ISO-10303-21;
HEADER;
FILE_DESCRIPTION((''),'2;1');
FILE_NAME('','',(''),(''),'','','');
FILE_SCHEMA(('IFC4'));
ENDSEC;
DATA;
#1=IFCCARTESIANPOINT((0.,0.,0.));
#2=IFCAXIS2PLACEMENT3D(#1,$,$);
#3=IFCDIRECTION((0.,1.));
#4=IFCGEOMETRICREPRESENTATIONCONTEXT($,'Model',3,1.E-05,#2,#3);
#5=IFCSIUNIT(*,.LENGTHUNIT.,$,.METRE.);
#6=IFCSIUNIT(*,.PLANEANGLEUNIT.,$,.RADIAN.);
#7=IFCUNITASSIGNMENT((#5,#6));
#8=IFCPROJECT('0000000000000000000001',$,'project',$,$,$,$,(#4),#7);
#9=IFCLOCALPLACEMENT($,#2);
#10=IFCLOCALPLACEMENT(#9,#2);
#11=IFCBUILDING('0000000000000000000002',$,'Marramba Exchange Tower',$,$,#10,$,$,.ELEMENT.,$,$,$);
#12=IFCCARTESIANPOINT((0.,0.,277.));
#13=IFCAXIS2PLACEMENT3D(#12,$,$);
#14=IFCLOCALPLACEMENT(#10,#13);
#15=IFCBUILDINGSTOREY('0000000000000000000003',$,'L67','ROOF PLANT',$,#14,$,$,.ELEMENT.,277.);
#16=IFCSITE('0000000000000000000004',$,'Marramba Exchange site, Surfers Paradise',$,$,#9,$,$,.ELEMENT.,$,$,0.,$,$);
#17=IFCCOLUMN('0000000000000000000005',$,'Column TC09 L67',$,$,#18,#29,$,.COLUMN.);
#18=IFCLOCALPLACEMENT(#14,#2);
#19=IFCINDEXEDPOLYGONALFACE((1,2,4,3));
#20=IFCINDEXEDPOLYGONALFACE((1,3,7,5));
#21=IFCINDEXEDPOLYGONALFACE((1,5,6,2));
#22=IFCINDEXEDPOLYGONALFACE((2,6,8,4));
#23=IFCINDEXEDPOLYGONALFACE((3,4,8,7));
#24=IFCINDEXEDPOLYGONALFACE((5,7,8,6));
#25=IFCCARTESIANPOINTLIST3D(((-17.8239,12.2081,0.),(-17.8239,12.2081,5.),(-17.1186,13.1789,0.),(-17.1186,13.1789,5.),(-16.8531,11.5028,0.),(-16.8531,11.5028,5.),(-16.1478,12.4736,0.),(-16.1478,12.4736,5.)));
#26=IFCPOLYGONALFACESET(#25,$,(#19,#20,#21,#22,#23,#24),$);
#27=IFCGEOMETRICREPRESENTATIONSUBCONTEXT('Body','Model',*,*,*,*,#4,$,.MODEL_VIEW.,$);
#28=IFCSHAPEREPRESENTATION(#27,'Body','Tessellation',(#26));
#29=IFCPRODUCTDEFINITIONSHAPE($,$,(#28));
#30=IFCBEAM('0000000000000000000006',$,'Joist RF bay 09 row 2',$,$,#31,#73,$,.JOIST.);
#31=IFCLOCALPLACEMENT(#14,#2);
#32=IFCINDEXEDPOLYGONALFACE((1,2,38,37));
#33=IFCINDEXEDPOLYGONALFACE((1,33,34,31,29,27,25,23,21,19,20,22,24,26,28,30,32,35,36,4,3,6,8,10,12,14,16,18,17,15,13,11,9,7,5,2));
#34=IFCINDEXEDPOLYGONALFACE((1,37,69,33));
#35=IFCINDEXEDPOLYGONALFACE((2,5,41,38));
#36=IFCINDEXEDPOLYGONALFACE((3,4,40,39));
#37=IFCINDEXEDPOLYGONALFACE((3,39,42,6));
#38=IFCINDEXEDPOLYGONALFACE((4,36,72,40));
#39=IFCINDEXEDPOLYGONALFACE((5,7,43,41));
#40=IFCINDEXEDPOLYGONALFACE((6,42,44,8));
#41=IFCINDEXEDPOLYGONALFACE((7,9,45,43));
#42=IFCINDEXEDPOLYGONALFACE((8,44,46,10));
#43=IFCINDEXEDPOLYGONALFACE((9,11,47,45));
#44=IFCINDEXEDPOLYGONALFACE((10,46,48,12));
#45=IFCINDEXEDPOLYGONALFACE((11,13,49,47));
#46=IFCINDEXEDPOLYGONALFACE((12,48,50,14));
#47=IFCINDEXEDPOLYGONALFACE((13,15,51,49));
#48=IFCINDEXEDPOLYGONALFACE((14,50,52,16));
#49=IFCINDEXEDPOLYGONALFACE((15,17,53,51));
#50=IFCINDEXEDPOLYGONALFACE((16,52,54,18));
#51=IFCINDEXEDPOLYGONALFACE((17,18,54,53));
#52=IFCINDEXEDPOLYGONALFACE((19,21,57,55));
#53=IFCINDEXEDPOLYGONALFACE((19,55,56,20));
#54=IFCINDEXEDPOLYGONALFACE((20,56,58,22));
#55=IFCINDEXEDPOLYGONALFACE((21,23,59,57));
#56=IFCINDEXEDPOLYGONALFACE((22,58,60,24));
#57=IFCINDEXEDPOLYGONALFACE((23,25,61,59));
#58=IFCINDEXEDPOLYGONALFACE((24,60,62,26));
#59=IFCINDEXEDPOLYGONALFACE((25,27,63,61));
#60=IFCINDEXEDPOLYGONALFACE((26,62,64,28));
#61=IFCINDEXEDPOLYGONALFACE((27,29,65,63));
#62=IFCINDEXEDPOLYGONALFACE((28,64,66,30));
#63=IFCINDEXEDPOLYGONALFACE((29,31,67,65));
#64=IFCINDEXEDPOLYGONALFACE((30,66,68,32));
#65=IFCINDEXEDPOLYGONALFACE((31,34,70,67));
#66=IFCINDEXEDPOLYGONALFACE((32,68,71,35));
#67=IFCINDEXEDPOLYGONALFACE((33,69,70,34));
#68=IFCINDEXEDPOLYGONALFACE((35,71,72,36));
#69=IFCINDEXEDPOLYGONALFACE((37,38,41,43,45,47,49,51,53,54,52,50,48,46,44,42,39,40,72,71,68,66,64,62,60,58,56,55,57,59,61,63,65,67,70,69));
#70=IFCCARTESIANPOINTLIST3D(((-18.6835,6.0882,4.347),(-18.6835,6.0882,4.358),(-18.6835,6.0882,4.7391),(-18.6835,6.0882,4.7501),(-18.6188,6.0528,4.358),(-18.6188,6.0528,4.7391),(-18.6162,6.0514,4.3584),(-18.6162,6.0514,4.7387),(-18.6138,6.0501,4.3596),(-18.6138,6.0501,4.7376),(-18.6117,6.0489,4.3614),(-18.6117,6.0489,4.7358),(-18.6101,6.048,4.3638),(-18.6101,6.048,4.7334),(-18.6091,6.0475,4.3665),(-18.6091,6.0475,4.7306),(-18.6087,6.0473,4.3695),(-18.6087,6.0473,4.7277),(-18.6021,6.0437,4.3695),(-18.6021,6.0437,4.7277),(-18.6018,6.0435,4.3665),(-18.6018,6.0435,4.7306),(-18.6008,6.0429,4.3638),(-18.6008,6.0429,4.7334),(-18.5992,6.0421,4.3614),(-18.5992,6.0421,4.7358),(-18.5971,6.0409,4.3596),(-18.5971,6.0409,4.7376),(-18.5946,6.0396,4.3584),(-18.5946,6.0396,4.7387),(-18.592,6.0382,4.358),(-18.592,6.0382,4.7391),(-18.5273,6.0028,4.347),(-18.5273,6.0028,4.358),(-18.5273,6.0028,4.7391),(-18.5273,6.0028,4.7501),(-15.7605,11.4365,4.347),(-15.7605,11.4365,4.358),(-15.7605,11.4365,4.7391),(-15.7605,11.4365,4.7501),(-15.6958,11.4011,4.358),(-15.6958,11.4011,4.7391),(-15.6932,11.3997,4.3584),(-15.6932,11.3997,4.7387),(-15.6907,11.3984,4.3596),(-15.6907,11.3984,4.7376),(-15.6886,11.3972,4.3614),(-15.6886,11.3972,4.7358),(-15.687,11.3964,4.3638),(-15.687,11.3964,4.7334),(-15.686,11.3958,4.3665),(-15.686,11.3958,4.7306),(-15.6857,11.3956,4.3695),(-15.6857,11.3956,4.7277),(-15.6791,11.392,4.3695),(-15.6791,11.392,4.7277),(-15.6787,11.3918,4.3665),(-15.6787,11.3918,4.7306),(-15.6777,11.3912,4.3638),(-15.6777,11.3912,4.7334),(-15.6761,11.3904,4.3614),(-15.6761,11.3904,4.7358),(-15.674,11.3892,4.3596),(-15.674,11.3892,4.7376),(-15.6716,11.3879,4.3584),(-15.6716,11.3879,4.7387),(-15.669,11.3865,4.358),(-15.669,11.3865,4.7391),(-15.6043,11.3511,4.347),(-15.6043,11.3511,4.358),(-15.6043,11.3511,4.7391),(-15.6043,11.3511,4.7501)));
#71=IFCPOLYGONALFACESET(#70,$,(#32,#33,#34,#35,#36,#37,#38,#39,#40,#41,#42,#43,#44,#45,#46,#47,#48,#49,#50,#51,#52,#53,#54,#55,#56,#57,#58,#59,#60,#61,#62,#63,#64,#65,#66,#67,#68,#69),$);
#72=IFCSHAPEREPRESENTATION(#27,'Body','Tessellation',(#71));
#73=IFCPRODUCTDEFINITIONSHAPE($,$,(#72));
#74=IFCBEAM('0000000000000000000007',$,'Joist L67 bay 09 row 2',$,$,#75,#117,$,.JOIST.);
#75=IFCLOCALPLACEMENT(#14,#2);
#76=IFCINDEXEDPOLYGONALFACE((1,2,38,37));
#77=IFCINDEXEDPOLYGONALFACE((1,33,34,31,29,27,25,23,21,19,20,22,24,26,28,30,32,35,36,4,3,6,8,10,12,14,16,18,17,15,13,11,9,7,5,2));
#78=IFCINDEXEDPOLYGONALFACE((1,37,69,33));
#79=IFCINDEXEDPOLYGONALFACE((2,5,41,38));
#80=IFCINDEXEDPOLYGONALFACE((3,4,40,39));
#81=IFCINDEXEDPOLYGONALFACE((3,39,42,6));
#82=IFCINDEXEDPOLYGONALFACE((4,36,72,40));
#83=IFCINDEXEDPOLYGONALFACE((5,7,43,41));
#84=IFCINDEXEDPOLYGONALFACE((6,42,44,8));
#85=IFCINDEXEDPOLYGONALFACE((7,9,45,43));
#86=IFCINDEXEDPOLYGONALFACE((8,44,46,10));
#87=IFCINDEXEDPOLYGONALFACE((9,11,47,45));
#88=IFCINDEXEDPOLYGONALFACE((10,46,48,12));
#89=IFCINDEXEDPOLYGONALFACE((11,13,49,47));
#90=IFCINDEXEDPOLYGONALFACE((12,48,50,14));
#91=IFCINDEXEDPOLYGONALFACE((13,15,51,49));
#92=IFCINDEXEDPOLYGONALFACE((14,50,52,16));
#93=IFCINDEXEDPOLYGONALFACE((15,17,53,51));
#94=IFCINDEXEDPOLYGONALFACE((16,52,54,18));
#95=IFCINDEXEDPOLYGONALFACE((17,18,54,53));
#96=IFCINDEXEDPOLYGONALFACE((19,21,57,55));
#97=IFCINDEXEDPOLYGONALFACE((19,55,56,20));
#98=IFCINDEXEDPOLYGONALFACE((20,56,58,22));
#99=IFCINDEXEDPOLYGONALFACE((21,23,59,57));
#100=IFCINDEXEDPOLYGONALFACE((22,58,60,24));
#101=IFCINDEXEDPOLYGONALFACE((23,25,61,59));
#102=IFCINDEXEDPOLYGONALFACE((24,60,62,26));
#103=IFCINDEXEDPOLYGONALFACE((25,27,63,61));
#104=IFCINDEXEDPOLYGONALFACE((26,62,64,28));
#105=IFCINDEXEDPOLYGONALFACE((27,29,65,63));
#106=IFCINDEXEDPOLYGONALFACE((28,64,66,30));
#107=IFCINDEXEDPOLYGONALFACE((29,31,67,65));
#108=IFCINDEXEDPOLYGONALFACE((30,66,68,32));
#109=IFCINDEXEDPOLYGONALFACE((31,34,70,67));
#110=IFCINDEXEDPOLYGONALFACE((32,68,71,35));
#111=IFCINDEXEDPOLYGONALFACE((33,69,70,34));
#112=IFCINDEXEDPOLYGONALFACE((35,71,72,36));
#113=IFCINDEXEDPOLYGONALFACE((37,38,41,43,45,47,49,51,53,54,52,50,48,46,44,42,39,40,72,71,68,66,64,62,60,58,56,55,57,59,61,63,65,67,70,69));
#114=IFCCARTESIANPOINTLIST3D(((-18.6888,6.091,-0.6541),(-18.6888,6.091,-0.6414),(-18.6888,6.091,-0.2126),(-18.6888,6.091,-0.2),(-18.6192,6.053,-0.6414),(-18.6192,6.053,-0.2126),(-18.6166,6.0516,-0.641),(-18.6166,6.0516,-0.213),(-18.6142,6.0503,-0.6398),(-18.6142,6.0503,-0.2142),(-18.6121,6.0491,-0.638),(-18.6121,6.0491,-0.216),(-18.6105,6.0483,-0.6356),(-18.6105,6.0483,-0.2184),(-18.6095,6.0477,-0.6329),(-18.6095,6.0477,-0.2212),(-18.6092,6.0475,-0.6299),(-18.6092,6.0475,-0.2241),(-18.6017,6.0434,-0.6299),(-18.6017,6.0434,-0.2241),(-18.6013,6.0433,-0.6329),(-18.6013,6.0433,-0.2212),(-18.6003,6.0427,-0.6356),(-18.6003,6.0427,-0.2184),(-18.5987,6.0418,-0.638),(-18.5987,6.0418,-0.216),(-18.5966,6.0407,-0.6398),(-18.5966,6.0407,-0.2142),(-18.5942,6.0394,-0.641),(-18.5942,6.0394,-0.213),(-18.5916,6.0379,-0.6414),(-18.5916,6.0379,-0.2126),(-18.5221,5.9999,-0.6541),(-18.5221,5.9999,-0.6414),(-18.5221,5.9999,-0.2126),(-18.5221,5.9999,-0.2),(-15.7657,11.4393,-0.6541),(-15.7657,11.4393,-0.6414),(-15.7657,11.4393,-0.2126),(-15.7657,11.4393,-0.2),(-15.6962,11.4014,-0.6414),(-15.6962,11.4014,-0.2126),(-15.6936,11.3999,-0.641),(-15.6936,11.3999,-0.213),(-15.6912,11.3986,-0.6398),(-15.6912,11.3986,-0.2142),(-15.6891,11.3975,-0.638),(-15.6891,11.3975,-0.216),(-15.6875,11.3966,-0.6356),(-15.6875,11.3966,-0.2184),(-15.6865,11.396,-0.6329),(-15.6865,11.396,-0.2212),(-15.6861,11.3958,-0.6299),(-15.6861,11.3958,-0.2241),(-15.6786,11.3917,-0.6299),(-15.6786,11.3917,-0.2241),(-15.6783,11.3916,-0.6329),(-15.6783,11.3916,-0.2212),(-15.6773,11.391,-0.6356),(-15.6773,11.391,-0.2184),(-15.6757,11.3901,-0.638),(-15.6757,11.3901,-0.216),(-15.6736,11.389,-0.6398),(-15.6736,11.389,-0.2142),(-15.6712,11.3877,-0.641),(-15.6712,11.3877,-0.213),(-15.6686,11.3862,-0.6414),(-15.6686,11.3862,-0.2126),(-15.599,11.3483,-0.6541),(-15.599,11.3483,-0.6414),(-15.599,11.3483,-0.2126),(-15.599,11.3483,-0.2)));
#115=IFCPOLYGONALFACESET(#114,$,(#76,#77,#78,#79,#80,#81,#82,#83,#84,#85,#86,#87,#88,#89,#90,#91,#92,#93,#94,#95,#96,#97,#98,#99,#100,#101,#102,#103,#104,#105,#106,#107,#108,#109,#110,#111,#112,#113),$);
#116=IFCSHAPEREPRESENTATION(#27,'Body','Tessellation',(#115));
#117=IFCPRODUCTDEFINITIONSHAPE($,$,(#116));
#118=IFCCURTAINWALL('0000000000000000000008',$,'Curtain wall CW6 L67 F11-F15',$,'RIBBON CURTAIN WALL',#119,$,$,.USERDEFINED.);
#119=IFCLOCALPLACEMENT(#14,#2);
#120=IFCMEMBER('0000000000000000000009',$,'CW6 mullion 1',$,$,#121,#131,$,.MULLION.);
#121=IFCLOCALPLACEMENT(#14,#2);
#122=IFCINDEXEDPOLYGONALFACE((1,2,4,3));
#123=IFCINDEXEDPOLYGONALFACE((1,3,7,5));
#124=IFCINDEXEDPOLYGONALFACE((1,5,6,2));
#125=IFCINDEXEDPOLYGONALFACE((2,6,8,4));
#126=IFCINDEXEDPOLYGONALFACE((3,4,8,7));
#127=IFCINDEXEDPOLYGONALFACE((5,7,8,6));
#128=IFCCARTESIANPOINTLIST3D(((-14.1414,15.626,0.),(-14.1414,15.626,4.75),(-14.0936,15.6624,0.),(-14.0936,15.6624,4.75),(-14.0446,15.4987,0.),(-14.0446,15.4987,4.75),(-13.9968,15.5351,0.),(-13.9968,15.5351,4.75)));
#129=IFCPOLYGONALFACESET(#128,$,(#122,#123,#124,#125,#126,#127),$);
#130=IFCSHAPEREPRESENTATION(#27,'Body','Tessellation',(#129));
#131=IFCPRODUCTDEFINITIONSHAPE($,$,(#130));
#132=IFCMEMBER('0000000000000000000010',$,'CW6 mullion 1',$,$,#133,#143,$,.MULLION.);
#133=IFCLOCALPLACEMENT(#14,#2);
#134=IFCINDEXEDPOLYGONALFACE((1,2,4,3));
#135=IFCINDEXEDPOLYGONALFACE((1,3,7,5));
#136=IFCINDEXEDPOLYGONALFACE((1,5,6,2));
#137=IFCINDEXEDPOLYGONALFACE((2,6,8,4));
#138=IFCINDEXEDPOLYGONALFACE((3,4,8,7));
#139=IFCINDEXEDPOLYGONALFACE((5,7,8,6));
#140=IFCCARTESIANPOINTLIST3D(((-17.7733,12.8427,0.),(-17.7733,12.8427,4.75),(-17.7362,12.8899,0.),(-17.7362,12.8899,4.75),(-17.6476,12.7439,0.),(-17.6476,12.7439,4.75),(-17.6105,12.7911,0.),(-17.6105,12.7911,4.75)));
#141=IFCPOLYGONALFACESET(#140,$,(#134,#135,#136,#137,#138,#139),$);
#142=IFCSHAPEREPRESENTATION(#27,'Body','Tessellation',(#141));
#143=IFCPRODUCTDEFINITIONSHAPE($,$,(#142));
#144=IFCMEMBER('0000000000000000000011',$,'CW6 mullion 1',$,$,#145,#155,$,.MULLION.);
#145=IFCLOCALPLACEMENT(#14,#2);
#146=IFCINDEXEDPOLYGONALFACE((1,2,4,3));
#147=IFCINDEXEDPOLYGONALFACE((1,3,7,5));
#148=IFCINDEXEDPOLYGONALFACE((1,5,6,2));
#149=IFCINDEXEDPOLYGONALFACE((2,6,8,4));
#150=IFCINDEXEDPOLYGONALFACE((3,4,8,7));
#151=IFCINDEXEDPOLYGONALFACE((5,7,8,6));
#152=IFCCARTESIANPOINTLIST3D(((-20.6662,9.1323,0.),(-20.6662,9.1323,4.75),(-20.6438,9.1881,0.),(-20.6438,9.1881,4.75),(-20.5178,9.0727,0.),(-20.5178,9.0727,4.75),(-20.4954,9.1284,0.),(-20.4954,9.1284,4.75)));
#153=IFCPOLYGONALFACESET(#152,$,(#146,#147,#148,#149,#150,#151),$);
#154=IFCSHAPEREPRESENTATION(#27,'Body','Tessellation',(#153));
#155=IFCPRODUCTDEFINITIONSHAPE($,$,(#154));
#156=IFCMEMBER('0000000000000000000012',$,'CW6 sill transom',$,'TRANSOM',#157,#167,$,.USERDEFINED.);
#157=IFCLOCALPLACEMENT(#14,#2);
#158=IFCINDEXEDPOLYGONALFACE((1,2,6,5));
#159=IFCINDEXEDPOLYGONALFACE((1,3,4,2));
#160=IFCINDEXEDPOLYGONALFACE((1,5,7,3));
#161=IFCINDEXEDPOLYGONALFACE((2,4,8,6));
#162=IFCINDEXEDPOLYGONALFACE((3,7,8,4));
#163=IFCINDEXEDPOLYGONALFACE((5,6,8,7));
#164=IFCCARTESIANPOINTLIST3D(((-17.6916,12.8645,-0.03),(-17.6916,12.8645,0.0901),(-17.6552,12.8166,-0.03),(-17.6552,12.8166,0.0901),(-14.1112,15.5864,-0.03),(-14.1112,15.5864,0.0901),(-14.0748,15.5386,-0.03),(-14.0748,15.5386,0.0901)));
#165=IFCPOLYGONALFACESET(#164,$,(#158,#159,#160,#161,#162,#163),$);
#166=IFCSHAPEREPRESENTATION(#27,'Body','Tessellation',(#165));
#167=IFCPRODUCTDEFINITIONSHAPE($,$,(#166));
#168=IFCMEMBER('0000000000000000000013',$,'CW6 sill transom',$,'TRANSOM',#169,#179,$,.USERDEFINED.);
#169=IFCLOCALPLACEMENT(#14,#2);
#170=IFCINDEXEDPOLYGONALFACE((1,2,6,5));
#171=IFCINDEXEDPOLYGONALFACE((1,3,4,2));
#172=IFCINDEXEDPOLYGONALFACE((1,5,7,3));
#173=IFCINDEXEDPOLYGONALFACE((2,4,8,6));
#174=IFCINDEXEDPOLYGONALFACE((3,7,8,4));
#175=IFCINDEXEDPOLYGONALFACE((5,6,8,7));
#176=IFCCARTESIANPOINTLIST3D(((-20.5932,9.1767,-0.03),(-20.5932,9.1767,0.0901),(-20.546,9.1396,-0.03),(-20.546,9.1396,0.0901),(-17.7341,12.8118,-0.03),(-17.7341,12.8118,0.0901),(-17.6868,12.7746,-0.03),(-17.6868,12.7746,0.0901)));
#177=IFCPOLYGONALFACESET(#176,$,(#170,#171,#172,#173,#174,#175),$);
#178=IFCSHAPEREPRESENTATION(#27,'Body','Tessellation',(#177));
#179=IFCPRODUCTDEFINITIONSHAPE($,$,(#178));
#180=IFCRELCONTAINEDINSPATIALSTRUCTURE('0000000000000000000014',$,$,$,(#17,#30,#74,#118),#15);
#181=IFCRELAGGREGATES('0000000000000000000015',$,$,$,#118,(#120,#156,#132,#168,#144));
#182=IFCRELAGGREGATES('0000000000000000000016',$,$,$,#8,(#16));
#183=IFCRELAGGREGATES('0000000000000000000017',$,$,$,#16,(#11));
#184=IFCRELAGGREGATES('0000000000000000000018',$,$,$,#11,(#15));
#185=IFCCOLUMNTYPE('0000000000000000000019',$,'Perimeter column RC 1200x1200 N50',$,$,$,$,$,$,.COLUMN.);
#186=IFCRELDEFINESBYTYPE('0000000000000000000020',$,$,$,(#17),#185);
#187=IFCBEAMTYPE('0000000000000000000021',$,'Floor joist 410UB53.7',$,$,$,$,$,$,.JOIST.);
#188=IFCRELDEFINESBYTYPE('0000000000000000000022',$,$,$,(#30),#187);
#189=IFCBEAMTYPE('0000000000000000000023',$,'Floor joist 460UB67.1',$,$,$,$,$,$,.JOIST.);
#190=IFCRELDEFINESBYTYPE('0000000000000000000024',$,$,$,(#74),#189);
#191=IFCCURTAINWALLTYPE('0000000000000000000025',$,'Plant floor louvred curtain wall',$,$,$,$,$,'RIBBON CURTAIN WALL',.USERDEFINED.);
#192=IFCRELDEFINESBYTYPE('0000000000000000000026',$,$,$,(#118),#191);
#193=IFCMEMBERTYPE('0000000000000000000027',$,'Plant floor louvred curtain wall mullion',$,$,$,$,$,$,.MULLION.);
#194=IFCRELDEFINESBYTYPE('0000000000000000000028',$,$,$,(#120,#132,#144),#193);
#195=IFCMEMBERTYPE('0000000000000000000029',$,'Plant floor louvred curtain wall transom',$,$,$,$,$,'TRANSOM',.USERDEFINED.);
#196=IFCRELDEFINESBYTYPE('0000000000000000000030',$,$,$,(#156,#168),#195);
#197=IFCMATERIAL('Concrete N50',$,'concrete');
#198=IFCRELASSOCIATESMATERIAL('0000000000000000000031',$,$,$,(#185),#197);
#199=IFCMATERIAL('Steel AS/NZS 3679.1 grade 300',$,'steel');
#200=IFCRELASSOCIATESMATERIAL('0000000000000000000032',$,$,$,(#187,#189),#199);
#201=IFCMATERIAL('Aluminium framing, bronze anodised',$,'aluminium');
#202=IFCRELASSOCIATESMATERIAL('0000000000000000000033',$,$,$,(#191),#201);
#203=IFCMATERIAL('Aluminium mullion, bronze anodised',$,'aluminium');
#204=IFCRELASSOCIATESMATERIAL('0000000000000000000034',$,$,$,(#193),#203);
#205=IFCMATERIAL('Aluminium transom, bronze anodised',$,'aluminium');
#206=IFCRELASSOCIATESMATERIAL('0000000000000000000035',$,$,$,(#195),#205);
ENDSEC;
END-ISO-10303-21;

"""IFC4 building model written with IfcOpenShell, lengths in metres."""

from ifc_helpers import new_model, si_unit, direction, frame, origin, origin_2d, place, context, subcontext, project, spatial, rectangle, i_section, extrude, material, material_profile, profile_set, type_object, element, aggregate, save


model = new_model("IFC4")

# Units and contexts
model_context = context("Model", 3, precision=1e-05, world=origin(), true_north=direction((0.0, 1.0)))
body_context = subcontext(model_context, "Body", "Model", "MODEL_VIEW")
ifc_project = project(units=[si_unit("LENGTHUNIT", "METRE"), si_unit("PLANEANGLEUNIT", "RADIAN")], contexts=[model_context])

# Site, building, storey
site_placement = place(None, origin())
site = spatial("IfcSite", under=ifc_project, at=site_placement, Name="Marramba Exchange site, Surfers Paradise", CompositionType="ELEMENT", RefElevation=0.0)
building_placement = place(site_placement, origin())
building = spatial("IfcBuilding", under=site, at=building_placement, Name="Marramba Exchange Tower", CompositionType="ELEMENT")
storey_placement = place(building_placement, frame((0.0, 0.0, 277.0)))
storey = spatial("IfcBuildingStorey", under=building, at=storey_placement, Name="L67", Description="ROOF PLANT", CompositionType="ELEMENT", Elevation=277.0)

# Column
ifc_material_1 = material(Name="Concrete N50", Category="concrete")
ifc_material_profile_1 = material_profile(ifc_material_1, rectangle(XDim=1.2, YDim=1.2, at=origin_2d()), Name="RC 1200x1200")
ifc_profile_set_1 = profile_set([ifc_material_profile_1], Name="Concrete N50")
column_type = type_object("IfcColumnType", Name="Perimeter column RC 1200x1200 N50", PredefinedType="COLUMN", material=ifc_profile_set_1)
column_placement = place(storey_placement, frame((-16.9858, 12.3408, 0.0), z_axis=(0.0, 0.0, 1.0), x_axis=(-0.809017, 0.587785, 0.0)))
element("IfcColumn", 1, at=column_placement, inside=storey, type_object=column_type, Name="Column TC09 L67", PredefinedType="COLUMN", context=body_context, shape_type="SweptSolid", body=[
    extrude(rectangle(XDim=1.2, YDim=1.2, at=origin_2d()), origin(), (0.0, 0.0, 1.0), 5.0),
])

# Beams
ifc_material_2 = material(Name="Steel AS/NZS 3679.1 grade 300", Category="steel")
ifc_material_profile_2 = material_profile(ifc_material_2, i_section(OverallWidth=0.178, OverallDepth=0.4031, WebThickness=0.0076, FlangeThickness=0.011, FilletRadius=0.0115, at=origin_2d()), Name="410UB53.7")
ifc_profile_set_2 = profile_set([ifc_material_profile_2], Name="Steel AS/NZS 3679.1 grade 300")
beam_type_1 = type_object("IfcBeamType", Name="Floor joist 410UB53.7", PredefinedType="JOIST", material=ifc_profile_set_2)
beam_1_placement = place(storey_placement, frame((-15.6824, 11.3938, 4.5486), z_axis=(-0.479584, -0.877496, 0.0), x_axis=(0.877496, -0.479584, 0.0)))
element("IfcBeam", 2, at=beam_1_placement, inside=storey, type_object=beam_type_1, Name="Joist RF bay 09 row 2", PredefinedType="JOIST", context=body_context, shape_type="SweptSolid", body=[
    extrude(i_section(OverallWidth=0.178, OverallDepth=0.4031, WebThickness=0.0076, FlangeThickness=0.011, FilletRadius=0.0115, at=origin_2d()), origin(), (0.0, 0.0, 1.0), 6.095),
])
ifc_material_profile_3 = material_profile(ifc_material_2, i_section(OverallWidth=0.1899, OverallDepth=0.4541, WebThickness=0.0085, FlangeThickness=0.0127, FilletRadius=0.0115, at=origin_2d()), Name="460UB67.1")
ifc_profile_set_3 = profile_set([ifc_material_profile_3], Name="Steel AS/NZS 3679.1 grade 300")
beam_type_2 = type_object("IfcBeamType", Name="Floor joist 460UB67.1", PredefinedType="JOIST", material=ifc_profile_set_3)
beam_2_placement = place(storey_placement, frame((-15.6824, 11.3938, -0.427), z_axis=(-0.479584, -0.877496, 0.0), x_axis=(0.877496, -0.479584, 0.0)))
element("IfcBeam", 3, at=beam_2_placement, inside=storey, type_object=beam_type_2, Name="Joist L67 bay 09 row 2", PredefinedType="JOIST", context=body_context, shape_type="SweptSolid", body=[
    extrude(i_section(OverallWidth=0.1899, OverallDepth=0.4541, WebThickness=0.0085, FlangeThickness=0.0127, FilletRadius=0.0115, at=origin_2d()), origin(), (0.0, 0.0, 1.0), 6.095),
])

# Curtain wall, members
ifc_material_3 = material(Name="Aluminium framing, bronze anodised", Category="aluminium")
curtain_wall_type = type_object("IfcCurtainWallType", Name="Plant floor louvred curtain wall", ElementType="RIBBON CURTAIN WALL", PredefinedType="USERDEFINED", material=ifc_material_3)
curtain_wall_placement = place(storey_placement, origin())
curtain_wall = element("IfcCurtainWall", 4, at=curtain_wall_placement, inside=storey, type_object=curtain_wall_type, Name="Curtain wall CW6 L67 F11-F15", ObjectType="RIBBON CURTAIN WALL", PredefinedType="USERDEFINED")
ifc_material_4 = material(Name="Aluminium mullion, bronze anodised", Category="aluminium")
ifc_material_profile_4 = material_profile(ifc_material_4, rectangle(XDim=0.1599, YDim=0.0601, at=origin_2d()), Name="CW6 mullion 60x160")
ifc_profile_set_4 = profile_set([ifc_material_profile_4], Name="Aluminium mullion, bronze anodised")
member_type_1 = type_object("IfcMemberType", Name="Plant floor louvred curtain wall mullion", PredefinedType="MULLION", material=ifc_profile_set_4)
member_1_placement = place(storey_placement, frame((-14.0691, 15.5806, 0.0), z_axis=(0.0, 0.0, 1.0), x_axis=(0.605219, -0.796059, 0.0)))
member_1 = element("IfcMember", 5, at=member_1_placement, type_object=member_type_1, Name="CW6 mullion 1", PredefinedType="MULLION", context=body_context, shape_type="SweptSolid", body=[
    extrude(rectangle(XDim=0.1599, YDim=0.0601, at=origin_2d()), origin(), (0.0, 0.0, 1.0), 4.75),
])
member_2_placement = place(storey_placement, frame((-17.6919, 12.8169, 0.0), z_axis=(0.0, 0.0, 1.0), x_axis=(0.786003, -0.618223, 0.0)))
member_2 = element("IfcMember", 6, at=member_2_placement, type_object=member_type_1, Name="CW6 mullion 1", PredefinedType="MULLION", context=body_context, shape_type="SweptSolid", body=[
    extrude(rectangle(XDim=0.1599, YDim=0.0601, at=origin_2d()), origin(), (0.0, 0.0, 1.0), 4.75),
])
member_3_placement = place(storey_placement, frame((-20.5808, 9.1304, 0.0), z_axis=(0.0, 0.0, 1.0), x_axis=(0.927838, -0.372983, 0.0)))
member_3 = element("IfcMember", 7, at=member_3_placement, type_object=member_type_1, Name="CW6 mullion 1", PredefinedType="MULLION", context=body_context, shape_type="SweptSolid", body=[
    extrude(rectangle(XDim=0.1599, YDim=0.0601, at=origin_2d()), origin(), (0.0, 0.0, 1.0), 4.75),
])
ifc_material_5 = material(Name="Aluminium transom, bronze anodised", Category="aluminium")
ifc_material_profile_5 = material_profile(ifc_material_5, rectangle(XDim=0.0601, YDim=0.1201, at=origin_2d()), Name="CW6 transom 60x120")
ifc_profile_set_5 = profile_set([ifc_material_profile_5], Name="Aluminium transom, bronze anodised")
member_type_2 = type_object("IfcMemberType", Name="Plant floor louvred curtain wall transom", ElementType="TRANSOM", PredefinedType="USERDEFINED", material=ifc_profile_set_5)
member_4_placement = place(storey_placement, frame((-14.093, 15.5625, 0.03), z_axis=(-0.796068, -0.605207, 0.0), x_axis=(0.605207, -0.796068, 0.0)))
member_4 = element("IfcMember", 8, at=member_4_placement, type_object=member_type_2, Name="CW6 sill transom", ObjectType="TRANSOM", PredefinedType="USERDEFINED", context=body_context, shape_type="SweptSolid", body=[
    extrude(rectangle(XDim=0.0601, YDim=0.1201, at=origin_2d()), origin(), (0.0, 0.0, 1.0), 4.4976),
])
member_5_placement = place(storey_placement, frame((-17.7104, 12.7932, 0.03), z_axis=(-0.618229, -0.785998, 0.0), x_axis=(0.785998, -0.618229, 0.0)))
member_5 = element("IfcMember", 9, at=member_5_placement, type_object=member_type_2, Name="CW6 sill transom", ObjectType="TRANSOM", PredefinedType="USERDEFINED", context=body_context, shape_type="SweptSolid", body=[
    extrude(rectangle(XDim=0.0601, YDim=0.1201, at=origin_2d()), origin(), (0.0, 0.0, 1.0), 4.6248),
])

aggregate(curtain_wall, [member_1, member_4, member_2, member_5, member_3])

save(model, "model.ifc")
